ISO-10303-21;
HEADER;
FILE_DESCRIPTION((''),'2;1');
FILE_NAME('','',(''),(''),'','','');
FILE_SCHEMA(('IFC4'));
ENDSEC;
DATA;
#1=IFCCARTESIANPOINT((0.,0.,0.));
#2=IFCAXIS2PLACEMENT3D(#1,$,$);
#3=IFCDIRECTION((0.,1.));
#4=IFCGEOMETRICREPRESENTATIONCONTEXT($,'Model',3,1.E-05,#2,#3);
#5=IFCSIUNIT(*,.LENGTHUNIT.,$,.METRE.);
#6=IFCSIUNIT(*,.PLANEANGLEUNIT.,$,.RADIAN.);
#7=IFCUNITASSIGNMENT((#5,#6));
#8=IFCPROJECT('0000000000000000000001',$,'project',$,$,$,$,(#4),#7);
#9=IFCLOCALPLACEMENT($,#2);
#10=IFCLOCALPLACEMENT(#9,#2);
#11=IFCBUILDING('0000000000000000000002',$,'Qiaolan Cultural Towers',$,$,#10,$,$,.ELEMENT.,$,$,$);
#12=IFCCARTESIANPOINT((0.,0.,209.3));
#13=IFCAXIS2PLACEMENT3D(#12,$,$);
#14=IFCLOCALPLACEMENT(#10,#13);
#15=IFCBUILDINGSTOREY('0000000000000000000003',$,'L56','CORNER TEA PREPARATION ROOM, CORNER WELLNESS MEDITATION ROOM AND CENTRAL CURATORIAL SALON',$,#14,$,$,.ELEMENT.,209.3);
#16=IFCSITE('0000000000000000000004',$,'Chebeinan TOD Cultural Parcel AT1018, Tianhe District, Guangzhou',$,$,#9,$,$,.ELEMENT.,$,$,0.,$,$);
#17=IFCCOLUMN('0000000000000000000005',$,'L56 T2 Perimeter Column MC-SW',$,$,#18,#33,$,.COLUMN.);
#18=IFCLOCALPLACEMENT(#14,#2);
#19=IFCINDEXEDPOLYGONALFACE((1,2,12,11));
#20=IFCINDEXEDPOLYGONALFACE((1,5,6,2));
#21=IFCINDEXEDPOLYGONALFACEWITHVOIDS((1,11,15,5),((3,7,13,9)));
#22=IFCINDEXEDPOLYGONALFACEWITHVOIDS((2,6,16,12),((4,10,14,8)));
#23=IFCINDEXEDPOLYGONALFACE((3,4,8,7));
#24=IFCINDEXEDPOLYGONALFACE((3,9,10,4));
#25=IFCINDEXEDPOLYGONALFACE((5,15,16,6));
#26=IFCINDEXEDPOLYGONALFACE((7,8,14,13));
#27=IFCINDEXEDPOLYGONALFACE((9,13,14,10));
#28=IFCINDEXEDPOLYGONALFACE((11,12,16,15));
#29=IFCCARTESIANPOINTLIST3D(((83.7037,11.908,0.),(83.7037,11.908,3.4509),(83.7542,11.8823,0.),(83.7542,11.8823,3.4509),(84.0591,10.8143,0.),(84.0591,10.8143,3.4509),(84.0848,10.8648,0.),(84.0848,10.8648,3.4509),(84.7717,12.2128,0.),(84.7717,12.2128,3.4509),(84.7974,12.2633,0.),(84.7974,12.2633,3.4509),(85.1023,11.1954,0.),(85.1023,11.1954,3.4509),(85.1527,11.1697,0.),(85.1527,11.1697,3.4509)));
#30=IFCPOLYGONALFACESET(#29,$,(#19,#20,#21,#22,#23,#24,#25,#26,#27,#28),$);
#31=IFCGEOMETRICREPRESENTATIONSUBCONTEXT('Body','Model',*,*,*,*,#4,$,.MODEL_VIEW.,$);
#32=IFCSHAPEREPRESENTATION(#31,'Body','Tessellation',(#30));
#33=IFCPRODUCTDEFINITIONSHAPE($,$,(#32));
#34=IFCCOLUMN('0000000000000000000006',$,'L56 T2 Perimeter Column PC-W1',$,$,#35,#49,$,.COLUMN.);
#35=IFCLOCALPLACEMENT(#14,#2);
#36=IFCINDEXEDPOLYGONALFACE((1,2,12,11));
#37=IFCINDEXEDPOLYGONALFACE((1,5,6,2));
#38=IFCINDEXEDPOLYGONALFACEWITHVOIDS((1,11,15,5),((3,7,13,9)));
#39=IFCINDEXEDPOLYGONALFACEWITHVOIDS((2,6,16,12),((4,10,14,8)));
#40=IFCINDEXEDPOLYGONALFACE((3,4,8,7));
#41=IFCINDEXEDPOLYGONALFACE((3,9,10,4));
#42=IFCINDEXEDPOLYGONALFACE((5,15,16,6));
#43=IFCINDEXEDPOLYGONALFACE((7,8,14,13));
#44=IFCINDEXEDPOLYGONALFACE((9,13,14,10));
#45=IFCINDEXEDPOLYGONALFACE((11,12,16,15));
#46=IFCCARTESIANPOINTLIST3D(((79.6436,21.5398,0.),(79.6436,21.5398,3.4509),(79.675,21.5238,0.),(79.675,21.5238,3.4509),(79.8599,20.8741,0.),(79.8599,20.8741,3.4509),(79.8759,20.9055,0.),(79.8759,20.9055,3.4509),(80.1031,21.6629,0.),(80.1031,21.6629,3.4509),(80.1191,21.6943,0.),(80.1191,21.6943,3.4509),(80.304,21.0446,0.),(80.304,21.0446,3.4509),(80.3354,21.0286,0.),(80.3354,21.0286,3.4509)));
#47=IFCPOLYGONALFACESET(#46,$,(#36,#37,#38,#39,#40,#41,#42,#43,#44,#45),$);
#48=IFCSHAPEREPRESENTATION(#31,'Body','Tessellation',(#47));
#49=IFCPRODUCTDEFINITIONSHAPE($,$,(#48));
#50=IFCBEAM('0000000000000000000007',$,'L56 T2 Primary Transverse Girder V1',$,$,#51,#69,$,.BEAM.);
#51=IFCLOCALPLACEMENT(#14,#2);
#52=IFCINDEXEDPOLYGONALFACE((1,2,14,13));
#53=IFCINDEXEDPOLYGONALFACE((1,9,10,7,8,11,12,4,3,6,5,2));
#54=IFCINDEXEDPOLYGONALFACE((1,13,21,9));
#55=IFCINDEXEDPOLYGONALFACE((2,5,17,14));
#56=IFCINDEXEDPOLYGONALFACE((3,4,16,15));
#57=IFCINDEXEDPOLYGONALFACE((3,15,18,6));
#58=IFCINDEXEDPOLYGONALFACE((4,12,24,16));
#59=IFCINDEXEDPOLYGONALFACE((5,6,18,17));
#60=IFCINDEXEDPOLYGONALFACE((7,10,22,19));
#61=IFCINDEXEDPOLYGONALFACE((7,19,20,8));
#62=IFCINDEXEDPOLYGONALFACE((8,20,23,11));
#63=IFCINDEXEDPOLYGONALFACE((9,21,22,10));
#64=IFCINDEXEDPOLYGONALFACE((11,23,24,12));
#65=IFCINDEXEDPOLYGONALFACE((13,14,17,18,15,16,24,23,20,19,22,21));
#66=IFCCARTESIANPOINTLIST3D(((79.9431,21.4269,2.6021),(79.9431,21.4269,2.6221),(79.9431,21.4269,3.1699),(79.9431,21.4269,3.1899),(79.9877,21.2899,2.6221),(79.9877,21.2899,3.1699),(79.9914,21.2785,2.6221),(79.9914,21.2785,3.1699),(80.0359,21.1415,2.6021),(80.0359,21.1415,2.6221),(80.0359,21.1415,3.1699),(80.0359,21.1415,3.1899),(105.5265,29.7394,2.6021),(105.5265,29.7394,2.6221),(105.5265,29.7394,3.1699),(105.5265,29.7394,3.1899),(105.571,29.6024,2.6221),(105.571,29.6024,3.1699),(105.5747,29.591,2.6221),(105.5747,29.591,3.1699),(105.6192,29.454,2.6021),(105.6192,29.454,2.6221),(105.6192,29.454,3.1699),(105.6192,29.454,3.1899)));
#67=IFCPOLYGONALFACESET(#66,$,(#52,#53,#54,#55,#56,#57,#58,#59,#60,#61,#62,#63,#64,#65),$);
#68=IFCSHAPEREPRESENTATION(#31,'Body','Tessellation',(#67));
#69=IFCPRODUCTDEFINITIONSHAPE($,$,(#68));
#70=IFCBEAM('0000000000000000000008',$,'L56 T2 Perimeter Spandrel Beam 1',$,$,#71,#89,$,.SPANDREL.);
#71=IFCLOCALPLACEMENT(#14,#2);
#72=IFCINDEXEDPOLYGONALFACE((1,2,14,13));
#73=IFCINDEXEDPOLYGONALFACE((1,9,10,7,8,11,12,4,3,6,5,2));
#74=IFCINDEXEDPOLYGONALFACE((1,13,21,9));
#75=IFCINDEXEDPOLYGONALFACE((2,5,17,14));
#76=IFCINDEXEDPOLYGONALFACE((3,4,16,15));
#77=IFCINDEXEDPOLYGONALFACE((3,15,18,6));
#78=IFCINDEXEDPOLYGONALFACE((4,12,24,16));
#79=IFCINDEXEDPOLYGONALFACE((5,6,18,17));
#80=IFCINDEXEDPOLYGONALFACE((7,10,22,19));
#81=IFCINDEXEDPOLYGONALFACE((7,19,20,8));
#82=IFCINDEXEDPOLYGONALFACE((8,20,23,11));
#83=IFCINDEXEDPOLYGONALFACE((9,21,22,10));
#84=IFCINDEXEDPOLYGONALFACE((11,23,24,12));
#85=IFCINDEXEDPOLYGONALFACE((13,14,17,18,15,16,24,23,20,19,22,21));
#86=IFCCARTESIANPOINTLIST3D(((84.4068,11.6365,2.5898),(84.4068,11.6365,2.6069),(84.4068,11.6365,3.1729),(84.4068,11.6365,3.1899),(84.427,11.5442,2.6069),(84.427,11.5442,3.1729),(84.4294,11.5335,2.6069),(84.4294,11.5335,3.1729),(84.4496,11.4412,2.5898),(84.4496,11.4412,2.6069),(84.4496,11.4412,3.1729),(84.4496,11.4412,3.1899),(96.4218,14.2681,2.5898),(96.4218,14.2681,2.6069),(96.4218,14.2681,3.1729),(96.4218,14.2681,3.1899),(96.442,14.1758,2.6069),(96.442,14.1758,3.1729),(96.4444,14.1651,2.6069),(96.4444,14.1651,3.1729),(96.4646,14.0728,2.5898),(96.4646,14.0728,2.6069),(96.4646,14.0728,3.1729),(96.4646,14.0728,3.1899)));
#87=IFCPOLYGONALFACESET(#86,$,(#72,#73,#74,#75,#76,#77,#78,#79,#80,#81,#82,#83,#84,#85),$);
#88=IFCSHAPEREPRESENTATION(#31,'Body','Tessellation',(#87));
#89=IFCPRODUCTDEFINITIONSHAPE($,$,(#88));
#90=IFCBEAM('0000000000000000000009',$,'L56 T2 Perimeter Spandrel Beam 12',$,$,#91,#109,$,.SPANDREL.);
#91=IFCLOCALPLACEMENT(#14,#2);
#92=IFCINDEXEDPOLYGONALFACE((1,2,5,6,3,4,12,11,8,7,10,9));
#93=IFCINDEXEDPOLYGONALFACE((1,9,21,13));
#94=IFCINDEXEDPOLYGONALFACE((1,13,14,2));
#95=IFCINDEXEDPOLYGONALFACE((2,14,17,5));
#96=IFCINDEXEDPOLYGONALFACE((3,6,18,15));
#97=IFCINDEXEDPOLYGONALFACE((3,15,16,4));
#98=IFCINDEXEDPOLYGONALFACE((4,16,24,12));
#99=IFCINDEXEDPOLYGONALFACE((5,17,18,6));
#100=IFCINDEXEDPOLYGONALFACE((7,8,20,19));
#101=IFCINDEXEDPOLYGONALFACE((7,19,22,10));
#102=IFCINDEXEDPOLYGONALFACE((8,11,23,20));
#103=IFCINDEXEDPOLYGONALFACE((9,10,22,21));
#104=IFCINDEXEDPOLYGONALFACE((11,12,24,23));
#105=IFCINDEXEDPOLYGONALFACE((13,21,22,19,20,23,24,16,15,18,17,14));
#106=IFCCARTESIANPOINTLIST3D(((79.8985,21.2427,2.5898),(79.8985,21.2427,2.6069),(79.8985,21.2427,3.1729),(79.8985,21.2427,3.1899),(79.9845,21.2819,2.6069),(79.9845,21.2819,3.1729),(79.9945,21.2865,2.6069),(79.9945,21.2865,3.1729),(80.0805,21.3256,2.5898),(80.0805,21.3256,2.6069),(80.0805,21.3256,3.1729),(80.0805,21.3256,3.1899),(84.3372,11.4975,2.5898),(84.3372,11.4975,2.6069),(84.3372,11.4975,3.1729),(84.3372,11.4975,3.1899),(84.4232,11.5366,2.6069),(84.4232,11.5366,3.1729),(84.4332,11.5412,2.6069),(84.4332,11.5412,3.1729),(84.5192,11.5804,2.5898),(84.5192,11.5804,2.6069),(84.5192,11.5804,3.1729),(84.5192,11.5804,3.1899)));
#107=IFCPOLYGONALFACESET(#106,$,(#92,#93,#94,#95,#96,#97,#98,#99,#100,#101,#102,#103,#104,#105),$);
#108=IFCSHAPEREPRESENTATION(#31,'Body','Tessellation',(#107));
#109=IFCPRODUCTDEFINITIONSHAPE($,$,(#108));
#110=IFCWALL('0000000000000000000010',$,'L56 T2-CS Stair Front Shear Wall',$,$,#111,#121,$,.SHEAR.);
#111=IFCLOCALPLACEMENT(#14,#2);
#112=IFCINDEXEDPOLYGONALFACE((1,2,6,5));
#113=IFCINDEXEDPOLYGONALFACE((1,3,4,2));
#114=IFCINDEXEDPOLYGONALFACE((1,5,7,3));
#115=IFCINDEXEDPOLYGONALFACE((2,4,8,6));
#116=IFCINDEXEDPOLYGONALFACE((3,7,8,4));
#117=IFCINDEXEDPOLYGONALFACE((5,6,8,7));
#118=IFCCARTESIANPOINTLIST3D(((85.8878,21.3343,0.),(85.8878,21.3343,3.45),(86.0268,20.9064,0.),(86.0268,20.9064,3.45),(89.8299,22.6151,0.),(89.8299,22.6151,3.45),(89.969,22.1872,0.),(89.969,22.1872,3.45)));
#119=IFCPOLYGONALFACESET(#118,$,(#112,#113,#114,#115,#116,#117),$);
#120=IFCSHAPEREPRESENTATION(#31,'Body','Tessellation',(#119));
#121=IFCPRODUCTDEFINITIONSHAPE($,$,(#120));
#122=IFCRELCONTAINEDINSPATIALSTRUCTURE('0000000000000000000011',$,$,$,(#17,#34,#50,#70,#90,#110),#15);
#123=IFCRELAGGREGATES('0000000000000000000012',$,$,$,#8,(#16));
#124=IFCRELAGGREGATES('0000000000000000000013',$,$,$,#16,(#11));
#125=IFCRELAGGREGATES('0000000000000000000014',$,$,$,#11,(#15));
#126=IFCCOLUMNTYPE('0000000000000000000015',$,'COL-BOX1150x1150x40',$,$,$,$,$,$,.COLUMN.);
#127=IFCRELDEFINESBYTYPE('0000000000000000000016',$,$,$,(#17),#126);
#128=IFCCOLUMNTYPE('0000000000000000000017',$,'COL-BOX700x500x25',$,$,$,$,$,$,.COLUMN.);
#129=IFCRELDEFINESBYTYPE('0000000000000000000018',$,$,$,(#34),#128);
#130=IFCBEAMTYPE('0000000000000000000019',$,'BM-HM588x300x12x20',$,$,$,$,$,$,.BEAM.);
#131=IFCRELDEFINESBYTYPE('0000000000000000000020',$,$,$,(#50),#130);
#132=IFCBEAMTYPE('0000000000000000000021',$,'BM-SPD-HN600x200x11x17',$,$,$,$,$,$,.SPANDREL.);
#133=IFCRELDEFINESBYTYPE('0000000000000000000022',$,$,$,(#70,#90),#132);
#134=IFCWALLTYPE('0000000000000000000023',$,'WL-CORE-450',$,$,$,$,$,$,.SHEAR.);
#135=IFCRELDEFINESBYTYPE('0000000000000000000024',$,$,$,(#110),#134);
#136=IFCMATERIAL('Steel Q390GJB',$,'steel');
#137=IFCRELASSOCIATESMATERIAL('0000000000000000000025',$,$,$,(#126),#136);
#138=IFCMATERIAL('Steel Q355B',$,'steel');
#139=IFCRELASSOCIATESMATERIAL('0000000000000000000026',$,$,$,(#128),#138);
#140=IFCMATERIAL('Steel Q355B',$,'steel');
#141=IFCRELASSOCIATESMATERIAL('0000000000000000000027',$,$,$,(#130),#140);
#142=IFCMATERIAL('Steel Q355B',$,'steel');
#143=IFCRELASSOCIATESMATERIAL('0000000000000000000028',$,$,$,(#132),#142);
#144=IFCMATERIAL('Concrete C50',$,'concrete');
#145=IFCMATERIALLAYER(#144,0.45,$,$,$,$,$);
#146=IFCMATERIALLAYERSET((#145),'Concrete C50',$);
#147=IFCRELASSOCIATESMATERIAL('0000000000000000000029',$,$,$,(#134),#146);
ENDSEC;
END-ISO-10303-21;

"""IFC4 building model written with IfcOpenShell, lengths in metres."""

from ifc_helpers import new_model, si_unit, direction, frame, frame_2d, origin, origin_2d, place, context, subcontext, project, spatial, rectangle, hollow_rectangle, i_section, extrude, material, layer, layer_set, material_profile, profile_set, type_object, element, save


model = new_model("IFC4")

# Units and contexts
model_context = context("Model", 3, precision=1e-05, world=origin(), true_north=direction((0.0, 1.0)))
body_context = subcontext(model_context, "Body", "Model", "MODEL_VIEW")
ifc_project = project(units=[si_unit("LENGTHUNIT", "METRE"), si_unit("PLANEANGLEUNIT", "RADIAN")], contexts=[model_context])

# Site, building, storey
site_placement = place(None, origin())
site = spatial("IfcSite", under=ifc_project, at=site_placement, Name="Chebeinan TOD Cultural Parcel AT1018, Tianhe District, Guangzhou", CompositionType="ELEMENT", RefElevation=0.0)
building_placement = place(site_placement, origin())
building = spatial("IfcBuilding", under=site, at=building_placement, Name="Qiaolan Cultural Towers", CompositionType="ELEMENT")
storey_placement = place(building_placement, frame((0.0, 0.0, 209.3)))
storey = spatial("IfcBuildingStorey", under=building, at=storey_placement, Name="L56", Description="CORNER TEA PREPARATION ROOM, CORNER WELLNESS MEDITATION ROOM AND CENTRAL CURATORIAL SALON", CompositionType="ELEMENT", Elevation=209.3)

# Columns
ifc_material_1 = material(Name="Steel Q390GJB", Category="steel")
ifc_material_profile_1 = material_profile(ifc_material_1, hollow_rectangle(XDim=1.1499, YDim=1.1499, WallThickness=0.04, at=origin_2d()), Name="BOX1150x1150x40")
ifc_profile_set_1 = profile_set([ifc_material_profile_1], Name="Steel Q390GJB")
column_type_1 = type_object("IfcColumnType", Name="COL-BOX1150x1150x40", PredefinedType="COLUMN", material=ifc_profile_set_1)
column_1_placement = place(storey_placement, frame((84.4282, 11.5388, 0.0), z_axis=(0.0, 0.0, 1.0), x_axis=(0.951057, 0.309017, 0.0)))
element("IfcColumn", 1, at=column_1_placement, inside=storey, type_object=column_type_1, Name="L56 T2 Perimeter Column MC-SW", PredefinedType="COLUMN", context=body_context, shape_type="SweptSolid", body=[
    extrude(hollow_rectangle(XDim=1.1499, YDim=1.1499, WallThickness=0.04, at=origin_2d()), origin(), (0.0, 0.0, 1.0), 3.4509),
])
ifc_material_2 = material(Name="Steel Q355B", Category="steel")
ifc_material_profile_2 = material_profile(ifc_material_2, hollow_rectangle(XDim=0.5, YDim=0.7, WallThickness=0.0249, at=origin_2d()), Name="BOX700x500x25")
ifc_profile_set_2 = profile_set([ifc_material_profile_2], Name="Steel Q355B")
column_type_2 = type_object("IfcColumnType", Name="COL-BOX700x500x25", PredefinedType="COLUMN", material=ifc_profile_set_2)
column_2_placement = place(storey_placement, frame((79.9895, 21.2842, 0.0), z_axis=(0.0, 0.0, 1.0), x_axis=(0.951057, 0.309017, 0.0)))
element("IfcColumn", 2, at=column_2_placement, inside=storey, type_object=column_type_2, Name="L56 T2 Perimeter Column PC-W1", PredefinedType="COLUMN", context=body_context, shape_type="SweptSolid", body=[
    extrude(hollow_rectangle(XDim=0.5, YDim=0.7, WallThickness=0.0249, at=origin_2d()), origin(), (0.0, 0.0, 1.0), 3.4509),
])

# Beams
ifc_material_3 = material(Name="Steel Q355B", Category="steel")
ifc_material_profile_3 = material_profile(ifc_material_3, i_section(OverallWidth=0.3, OverallDepth=0.5879, WebThickness=0.012, FlangeThickness=0.02, at=origin_2d()), Name="HM588x300x12x20")
ifc_profile_set_3 = profile_set([ifc_material_profile_3], Name="Steel Q355B")
beam_type_1 = type_object("IfcBeamType", Name="BM-HM588x300x12x20", PredefinedType="BEAM", material=ifc_profile_set_3)
beam_1_placement = place(storey_placement, frame((79.9895, 21.2842, 2.896), z_axis=(0.951057, 0.309017, 0.0), x_axis=(-0.309017, 0.951057, 0.0)))
element("IfcBeam", 3, at=beam_1_placement, inside=storey, type_object=beam_type_1, Name="L56 T2 Primary Transverse Girder V1", PredefinedType="BEAM", context=body_context, shape_type="SweptSolid", body=[
    extrude(i_section(OverallWidth=0.3, OverallDepth=0.5879, WebThickness=0.012, FlangeThickness=0.02, at=origin_2d()), origin(), (0.0, 0.0, 1.0), 26.8999),
])
ifc_material_4 = material(Name="Steel Q355B", Category="steel")
ifc_material_profile_4 = material_profile(ifc_material_4, i_section(OverallWidth=0.2, OverallDepth=0.6001, WebThickness=0.011, FlangeThickness=0.0171, at=origin_2d()), Name="HN600x200x11x17")
ifc_profile_set_4 = profile_set([ifc_material_profile_4], Name="Steel Q355B")
beam_type_2 = type_object("IfcBeamType", Name="BM-SPD-HN600x200x11x17", PredefinedType="SPANDREL", material=ifc_profile_set_4)
beam_2_placement = place(storey_placement, frame((84.4282, 11.5388, 2.8899), z_axis=(0.976843, 0.213956, 0.0), x_axis=(-0.213956, 0.976843, 0.0)))
element("IfcBeam", 4, at=beam_2_placement, inside=storey, type_object=beam_type_2, Name="L56 T2 Perimeter Spandrel Beam 1", PredefinedType="SPANDREL", context=body_context, shape_type="SweptSolid", body=[
    extrude(i_section(OverallWidth=0.2, OverallDepth=0.6001, WebThickness=0.011, FlangeThickness=0.0171, at=origin_2d()), origin(), (0.0, 0.0, 1.0), 12.2998),
])
beam_3_placement = place(storey_placement, frame((79.9895, 21.2842, 2.8899), z_axis=(0.4145, -0.910049, 0.0), x_axis=(0.910049, 0.4145, 0.0)))
element("IfcBeam", 5, at=beam_3_placement, inside=storey, type_object=beam_type_2, Name="L56 T2 Perimeter Spandrel Beam 12", PredefinedType="SPANDREL", context=body_context, shape_type="SweptSolid", body=[
    extrude(i_section(OverallWidth=0.2, OverallDepth=0.6001, WebThickness=0.011, FlangeThickness=0.0171, at=origin_2d()), origin(), (0.0, 0.0, 1.0), 10.7085),
])

# Wall
ifc_material_5 = material(Name="Concrete C50", Category="concrete")
ifc_layer_1 = layer(ifc_material_5, 0.45)
ifc_layer_set_1 = layer_set([ifc_layer_1], Name="Concrete C50")
wall_type_1 = type_object("IfcWallType", Name="WL-CORE-450", PredefinedType="SHEAR", material=ifc_layer_set_1)
wall_1_placement = place(storey_placement, frame((85.9573, 21.1204, 0.0), z_axis=(0.0, 0.0, 1.0), x_axis=(0.951065, 0.308992, 0.0)))
element("IfcWall", 6, at=wall_1_placement, inside=storey, type_object=wall_type_1, Name="L56 T2-CS Stair Front Shear Wall", PredefinedType="SHEAR", context=body_context, shape_type="SweptSolid", body=[
    extrude(rectangle(XDim=4.145, YDim=0.45, at=frame_2d((2.0725, 0.0))), origin(), (0.0, 0.0, 1.0), 3.45),
])

save(model, "model.ifc")
